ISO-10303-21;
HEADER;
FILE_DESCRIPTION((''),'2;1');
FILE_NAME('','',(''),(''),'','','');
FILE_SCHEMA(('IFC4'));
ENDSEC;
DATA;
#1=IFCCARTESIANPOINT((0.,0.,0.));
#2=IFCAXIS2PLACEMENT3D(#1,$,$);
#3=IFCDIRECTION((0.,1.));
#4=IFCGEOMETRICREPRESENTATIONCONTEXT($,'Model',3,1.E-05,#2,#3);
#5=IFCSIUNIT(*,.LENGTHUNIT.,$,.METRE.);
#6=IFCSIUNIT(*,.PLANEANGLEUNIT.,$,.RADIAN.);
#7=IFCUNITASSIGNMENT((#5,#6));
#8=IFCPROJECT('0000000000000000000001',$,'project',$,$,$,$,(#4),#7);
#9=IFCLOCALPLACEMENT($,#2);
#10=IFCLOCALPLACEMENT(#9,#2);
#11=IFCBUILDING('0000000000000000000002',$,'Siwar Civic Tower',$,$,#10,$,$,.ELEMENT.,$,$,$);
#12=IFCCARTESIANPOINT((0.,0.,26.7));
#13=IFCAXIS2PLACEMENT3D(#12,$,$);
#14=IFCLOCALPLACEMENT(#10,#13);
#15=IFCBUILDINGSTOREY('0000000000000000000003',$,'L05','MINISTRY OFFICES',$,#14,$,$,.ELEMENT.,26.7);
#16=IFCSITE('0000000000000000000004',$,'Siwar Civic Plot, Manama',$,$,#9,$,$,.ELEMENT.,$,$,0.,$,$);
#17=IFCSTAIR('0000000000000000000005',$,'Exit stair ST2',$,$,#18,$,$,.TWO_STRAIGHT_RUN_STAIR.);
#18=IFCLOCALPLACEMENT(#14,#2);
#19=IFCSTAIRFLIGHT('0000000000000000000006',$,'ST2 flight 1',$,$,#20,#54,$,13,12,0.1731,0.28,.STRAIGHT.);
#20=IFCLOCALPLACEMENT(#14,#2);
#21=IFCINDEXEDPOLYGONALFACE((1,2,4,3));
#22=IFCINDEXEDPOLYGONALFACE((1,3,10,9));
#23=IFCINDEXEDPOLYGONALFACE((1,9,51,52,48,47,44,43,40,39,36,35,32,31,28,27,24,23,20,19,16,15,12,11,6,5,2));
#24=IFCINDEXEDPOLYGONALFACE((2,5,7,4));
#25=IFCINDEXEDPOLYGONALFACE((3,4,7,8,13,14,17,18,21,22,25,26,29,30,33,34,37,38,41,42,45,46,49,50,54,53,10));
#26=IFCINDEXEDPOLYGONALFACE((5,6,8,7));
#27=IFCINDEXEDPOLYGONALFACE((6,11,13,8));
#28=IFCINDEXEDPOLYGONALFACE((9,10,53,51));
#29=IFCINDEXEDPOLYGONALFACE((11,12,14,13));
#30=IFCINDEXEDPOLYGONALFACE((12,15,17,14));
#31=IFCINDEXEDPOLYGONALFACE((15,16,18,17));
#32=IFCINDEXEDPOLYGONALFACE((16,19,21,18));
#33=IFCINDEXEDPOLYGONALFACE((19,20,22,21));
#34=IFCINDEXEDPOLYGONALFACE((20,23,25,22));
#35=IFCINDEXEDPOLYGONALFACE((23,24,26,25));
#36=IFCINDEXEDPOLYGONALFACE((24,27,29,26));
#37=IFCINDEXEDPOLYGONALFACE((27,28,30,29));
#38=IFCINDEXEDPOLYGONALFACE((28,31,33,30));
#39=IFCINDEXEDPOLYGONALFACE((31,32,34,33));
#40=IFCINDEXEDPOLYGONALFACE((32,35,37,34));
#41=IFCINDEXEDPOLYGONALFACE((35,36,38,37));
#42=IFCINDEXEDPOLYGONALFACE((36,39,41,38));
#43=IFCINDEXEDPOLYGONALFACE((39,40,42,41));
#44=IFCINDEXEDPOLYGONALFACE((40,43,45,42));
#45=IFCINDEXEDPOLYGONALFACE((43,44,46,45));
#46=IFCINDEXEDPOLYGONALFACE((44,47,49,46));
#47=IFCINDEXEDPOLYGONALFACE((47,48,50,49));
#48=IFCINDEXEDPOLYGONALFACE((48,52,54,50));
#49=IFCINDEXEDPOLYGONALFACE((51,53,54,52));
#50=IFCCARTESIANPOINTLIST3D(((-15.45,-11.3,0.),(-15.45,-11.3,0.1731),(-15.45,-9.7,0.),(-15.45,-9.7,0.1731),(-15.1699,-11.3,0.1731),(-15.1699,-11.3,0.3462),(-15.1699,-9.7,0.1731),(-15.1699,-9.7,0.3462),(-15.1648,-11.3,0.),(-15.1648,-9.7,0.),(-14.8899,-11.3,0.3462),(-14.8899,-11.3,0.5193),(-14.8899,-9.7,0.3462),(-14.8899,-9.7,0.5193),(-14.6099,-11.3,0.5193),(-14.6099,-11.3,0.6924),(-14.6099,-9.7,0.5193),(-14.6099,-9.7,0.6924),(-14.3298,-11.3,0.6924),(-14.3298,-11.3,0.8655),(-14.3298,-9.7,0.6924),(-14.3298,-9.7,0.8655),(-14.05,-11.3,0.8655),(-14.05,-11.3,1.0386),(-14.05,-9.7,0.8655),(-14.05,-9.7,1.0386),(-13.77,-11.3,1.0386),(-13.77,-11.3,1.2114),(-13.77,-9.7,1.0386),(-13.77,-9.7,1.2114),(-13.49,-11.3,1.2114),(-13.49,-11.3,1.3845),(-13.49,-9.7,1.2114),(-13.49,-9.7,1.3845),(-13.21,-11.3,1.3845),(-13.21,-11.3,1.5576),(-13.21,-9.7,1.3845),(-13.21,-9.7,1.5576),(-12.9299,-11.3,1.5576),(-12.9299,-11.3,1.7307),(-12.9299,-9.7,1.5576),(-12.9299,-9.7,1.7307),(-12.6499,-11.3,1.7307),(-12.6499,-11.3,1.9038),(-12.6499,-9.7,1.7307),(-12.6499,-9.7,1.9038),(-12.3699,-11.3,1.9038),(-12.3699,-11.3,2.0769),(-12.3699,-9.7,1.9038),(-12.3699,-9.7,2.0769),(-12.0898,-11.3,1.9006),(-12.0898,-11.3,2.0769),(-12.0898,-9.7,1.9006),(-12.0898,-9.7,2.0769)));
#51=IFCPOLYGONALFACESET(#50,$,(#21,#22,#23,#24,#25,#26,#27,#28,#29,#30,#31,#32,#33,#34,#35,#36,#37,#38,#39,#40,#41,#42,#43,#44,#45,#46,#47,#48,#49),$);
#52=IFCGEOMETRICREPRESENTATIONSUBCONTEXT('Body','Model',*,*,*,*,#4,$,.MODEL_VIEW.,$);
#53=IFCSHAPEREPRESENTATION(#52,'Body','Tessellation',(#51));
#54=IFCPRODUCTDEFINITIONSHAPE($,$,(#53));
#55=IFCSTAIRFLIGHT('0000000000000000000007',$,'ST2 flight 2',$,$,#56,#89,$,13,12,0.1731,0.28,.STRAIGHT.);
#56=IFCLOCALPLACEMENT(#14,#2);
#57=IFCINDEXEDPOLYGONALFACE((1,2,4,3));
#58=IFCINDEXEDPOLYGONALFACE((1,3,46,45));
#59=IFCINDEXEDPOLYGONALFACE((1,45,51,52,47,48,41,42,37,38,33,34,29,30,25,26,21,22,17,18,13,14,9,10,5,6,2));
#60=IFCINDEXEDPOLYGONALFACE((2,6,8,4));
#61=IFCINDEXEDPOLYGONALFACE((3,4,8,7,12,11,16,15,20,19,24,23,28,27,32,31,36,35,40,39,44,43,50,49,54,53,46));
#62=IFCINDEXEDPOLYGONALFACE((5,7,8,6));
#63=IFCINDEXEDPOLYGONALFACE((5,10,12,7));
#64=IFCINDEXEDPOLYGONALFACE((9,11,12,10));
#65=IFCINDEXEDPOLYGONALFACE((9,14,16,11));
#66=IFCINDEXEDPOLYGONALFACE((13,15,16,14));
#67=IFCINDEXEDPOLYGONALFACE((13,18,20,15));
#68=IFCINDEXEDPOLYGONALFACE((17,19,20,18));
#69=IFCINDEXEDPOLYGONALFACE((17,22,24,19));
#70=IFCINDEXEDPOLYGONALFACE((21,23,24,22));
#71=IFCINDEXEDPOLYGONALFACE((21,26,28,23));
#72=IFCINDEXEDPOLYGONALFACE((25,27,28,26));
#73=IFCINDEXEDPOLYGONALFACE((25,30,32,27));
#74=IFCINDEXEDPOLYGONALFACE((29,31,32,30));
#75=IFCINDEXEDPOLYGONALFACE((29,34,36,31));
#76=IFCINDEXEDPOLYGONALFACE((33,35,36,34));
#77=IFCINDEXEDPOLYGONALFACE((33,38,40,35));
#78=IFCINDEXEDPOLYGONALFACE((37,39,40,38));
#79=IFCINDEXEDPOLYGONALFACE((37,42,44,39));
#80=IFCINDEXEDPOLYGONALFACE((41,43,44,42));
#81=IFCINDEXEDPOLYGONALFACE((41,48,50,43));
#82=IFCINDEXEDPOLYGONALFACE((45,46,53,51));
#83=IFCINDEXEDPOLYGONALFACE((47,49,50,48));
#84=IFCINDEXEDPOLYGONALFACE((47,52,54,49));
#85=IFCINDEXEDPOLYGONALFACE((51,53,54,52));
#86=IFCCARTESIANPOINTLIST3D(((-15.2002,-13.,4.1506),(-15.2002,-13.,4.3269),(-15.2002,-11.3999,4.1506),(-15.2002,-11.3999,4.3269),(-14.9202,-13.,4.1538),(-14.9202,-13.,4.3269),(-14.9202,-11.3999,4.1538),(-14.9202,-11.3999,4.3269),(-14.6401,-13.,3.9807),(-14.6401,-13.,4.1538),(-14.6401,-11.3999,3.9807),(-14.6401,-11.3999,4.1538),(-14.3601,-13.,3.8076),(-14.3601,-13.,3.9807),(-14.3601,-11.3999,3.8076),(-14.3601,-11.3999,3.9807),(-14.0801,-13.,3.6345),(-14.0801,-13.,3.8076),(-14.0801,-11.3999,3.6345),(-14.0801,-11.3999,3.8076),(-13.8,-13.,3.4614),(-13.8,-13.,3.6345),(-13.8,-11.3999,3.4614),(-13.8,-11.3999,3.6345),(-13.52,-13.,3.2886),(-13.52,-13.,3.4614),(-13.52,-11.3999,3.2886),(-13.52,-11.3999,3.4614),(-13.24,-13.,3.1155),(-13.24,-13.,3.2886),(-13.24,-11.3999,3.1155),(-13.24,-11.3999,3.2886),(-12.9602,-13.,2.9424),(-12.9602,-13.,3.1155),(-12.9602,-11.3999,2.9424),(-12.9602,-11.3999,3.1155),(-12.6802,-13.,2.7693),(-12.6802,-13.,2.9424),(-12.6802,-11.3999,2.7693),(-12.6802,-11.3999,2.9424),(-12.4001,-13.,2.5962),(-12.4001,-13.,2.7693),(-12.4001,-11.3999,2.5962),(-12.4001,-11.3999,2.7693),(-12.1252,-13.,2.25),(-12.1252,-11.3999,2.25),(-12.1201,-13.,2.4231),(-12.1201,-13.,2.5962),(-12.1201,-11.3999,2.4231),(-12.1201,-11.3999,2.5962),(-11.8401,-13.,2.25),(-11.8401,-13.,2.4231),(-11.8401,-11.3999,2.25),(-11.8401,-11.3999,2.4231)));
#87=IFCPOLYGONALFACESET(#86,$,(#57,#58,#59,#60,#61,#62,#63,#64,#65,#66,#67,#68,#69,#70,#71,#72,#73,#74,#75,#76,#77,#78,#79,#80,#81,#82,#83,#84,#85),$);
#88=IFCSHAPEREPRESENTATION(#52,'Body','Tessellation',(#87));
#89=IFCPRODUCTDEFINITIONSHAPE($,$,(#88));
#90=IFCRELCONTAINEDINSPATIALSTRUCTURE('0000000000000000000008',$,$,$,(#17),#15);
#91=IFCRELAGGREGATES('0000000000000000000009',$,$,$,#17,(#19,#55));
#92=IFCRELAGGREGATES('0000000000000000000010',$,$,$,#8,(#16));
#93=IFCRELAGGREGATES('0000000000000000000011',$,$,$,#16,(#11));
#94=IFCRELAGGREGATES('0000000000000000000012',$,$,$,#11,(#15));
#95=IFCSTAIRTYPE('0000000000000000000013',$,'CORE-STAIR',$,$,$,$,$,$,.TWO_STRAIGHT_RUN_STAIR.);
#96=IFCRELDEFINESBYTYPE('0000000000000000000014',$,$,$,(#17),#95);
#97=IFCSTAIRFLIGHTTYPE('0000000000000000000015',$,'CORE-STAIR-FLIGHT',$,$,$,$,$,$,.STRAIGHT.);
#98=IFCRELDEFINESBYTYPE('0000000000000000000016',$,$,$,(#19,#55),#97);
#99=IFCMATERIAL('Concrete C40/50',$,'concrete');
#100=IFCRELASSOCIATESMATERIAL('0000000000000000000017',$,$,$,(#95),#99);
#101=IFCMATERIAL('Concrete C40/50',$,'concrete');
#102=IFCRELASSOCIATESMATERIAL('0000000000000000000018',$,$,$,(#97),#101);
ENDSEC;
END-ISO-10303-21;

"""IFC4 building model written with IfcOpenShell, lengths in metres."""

from ifc_helpers import new_model, si_unit, direction, frame, origin, place, context, subcontext, project, spatial, polyline, outline, extrude, material, type_object, element, aggregate, save


model = new_model("IFC4")

# Units and contexts
model_context = context("Model", 3, precision=1e-05, world=origin(), true_north=direction((0.0, 1.0)))
body_context = subcontext(model_context, "Body", "Model", "MODEL_VIEW")
ifc_project = project(units=[si_unit("LENGTHUNIT", "METRE"), si_unit("PLANEANGLEUNIT", "RADIAN")], contexts=[model_context])

# Site, building, storey
site_placement = place(None, origin())
site = spatial("IfcSite", under=ifc_project, at=site_placement, Name="Siwar Civic Plot, Manama", CompositionType="ELEMENT", RefElevation=0.0)
building_placement = place(site_placement, origin())
building = spatial("IfcBuilding", under=site, at=building_placement, Name="Siwar Civic Tower", CompositionType="ELEMENT")
storey_placement = place(building_placement, frame((0.0, 0.0, 26.7)))
storey = spatial("IfcBuildingStorey", under=building, at=storey_placement, Name="L05", Description="MINISTRY OFFICES", CompositionType="ELEMENT", Elevation=26.7)

# Stair, stair flights
ifc_material_1 = material(Name="Concrete C40/50", Category="concrete")
stair_type = type_object("IfcStairType", Name="CORE-STAIR", PredefinedType="TWO_STRAIGHT_RUN_STAIR", material=ifc_material_1)
stair_placement = place(storey_placement, origin())
stair = element("IfcStair", 1, at=stair_placement, inside=storey, type_object=stair_type, Name="Exit stair ST2", PredefinedType="TWO_STRAIGHT_RUN_STAIR")
ifc_material_2 = material(Name="Concrete C40/50", Category="concrete")
stair_flight_type = type_object("IfcStairFlightType", Name="CORE-STAIR-FLIGHT", PredefinedType="STRAIGHT", material=ifc_material_2)
stair_flight_1_placement = place(storey_placement, frame((-15.45, -10.5, 0.0), z_axis=(0.0, 0.0, 1.0), x_axis=(1.0, 0.0, 0.0)))
stair_flight_1 = element("IfcStairFlight", 2, at=stair_flight_1_placement, type_object=stair_flight_type, Name="ST2 flight 1", NumberOfRisers=13, NumberOfTreads=12, PredefinedType="STRAIGHT", RiserHeight=0.1731, TreadLength=0.28, context=body_context, shape_type="SweptSolid", body=[
    extrude(outline(polyline([(0.0, 0.0), (0.0, 0.1731), (0.28, 0.1731), (0.28, 0.3462), (0.5601, 0.3462), (0.5601, 0.5193), (0.8401, 0.5193), (0.8401, 0.6924), (1.1201, 0.6924), (1.1201, 0.8655), (1.3999, 0.8655), (1.3999, 1.0386), (1.6799, 1.0386), (1.6799, 1.2114), (1.96, 1.2114), (1.96, 1.3845), (2.24, 1.3845), (2.24, 1.5576), (2.52, 1.5576), (2.52, 1.7307), (2.8, 1.7307), (2.8, 1.9038), (3.0801, 1.9038), (3.0801, 2.0769), (3.3601, 2.0769), (3.3601, 2.25), (3.3601, 1.9006), (0.2852, 0.0), (0.0, 0.0)])), frame((0.0, 0.8, 0.0), z_axis=(0.0, -1.0, 0.0), x_axis=(1.0, 0.0, 0.0)), (0.0, 0.0, 1.0), 1.6001),
])
stair_flight_2_placement = place(storey_placement, frame((-11.8401, -12.2, 2.25), z_axis=(0.0, 0.0, 1.0), x_axis=(-1.0, 0.0, 0.0)))
stair_flight_2 = element("IfcStairFlight", 3, at=stair_flight_2_placement, type_object=stair_flight_type, Name="ST2 flight 2", NumberOfRisers=13, NumberOfTreads=12, PredefinedType="STRAIGHT", RiserHeight=0.1731, TreadLength=0.28, context=body_context, shape_type="SweptSolid", body=[
    extrude(outline(polyline([(0.0, 0.0), (0.0, 0.1731), (0.28, 0.1731), (0.28, 0.3462), (0.5601, 0.3462), (0.5601, 0.5193), (0.8401, 0.5193), (0.8401, 0.6924), (1.1201, 0.6924), (1.1201, 0.8655), (1.3999, 0.8655), (1.3999, 1.0386), (1.6799, 1.0386), (1.6799, 1.2114), (1.96, 1.2114), (1.96, 1.3845), (2.24, 1.3845), (2.24, 1.5576), (2.52, 1.5576), (2.52, 1.7307), (2.8, 1.7307), (2.8, 1.9038), (3.0801, 1.9038), (3.0801, 2.0769), (3.3601, 2.0769), (3.3601, 2.25), (3.3601, 1.9006), (0.2852, 0.0), (0.0, 0.0)])), frame((0.0, 0.8, 0.0), z_axis=(0.0, -1.0, 0.0), x_axis=(1.0, 0.0, 0.0)), (0.0, 0.0, 1.0), 1.6001),
])
aggregate(stair, [stair_flight_1, stair_flight_2])

save(model, "model.ifc")
